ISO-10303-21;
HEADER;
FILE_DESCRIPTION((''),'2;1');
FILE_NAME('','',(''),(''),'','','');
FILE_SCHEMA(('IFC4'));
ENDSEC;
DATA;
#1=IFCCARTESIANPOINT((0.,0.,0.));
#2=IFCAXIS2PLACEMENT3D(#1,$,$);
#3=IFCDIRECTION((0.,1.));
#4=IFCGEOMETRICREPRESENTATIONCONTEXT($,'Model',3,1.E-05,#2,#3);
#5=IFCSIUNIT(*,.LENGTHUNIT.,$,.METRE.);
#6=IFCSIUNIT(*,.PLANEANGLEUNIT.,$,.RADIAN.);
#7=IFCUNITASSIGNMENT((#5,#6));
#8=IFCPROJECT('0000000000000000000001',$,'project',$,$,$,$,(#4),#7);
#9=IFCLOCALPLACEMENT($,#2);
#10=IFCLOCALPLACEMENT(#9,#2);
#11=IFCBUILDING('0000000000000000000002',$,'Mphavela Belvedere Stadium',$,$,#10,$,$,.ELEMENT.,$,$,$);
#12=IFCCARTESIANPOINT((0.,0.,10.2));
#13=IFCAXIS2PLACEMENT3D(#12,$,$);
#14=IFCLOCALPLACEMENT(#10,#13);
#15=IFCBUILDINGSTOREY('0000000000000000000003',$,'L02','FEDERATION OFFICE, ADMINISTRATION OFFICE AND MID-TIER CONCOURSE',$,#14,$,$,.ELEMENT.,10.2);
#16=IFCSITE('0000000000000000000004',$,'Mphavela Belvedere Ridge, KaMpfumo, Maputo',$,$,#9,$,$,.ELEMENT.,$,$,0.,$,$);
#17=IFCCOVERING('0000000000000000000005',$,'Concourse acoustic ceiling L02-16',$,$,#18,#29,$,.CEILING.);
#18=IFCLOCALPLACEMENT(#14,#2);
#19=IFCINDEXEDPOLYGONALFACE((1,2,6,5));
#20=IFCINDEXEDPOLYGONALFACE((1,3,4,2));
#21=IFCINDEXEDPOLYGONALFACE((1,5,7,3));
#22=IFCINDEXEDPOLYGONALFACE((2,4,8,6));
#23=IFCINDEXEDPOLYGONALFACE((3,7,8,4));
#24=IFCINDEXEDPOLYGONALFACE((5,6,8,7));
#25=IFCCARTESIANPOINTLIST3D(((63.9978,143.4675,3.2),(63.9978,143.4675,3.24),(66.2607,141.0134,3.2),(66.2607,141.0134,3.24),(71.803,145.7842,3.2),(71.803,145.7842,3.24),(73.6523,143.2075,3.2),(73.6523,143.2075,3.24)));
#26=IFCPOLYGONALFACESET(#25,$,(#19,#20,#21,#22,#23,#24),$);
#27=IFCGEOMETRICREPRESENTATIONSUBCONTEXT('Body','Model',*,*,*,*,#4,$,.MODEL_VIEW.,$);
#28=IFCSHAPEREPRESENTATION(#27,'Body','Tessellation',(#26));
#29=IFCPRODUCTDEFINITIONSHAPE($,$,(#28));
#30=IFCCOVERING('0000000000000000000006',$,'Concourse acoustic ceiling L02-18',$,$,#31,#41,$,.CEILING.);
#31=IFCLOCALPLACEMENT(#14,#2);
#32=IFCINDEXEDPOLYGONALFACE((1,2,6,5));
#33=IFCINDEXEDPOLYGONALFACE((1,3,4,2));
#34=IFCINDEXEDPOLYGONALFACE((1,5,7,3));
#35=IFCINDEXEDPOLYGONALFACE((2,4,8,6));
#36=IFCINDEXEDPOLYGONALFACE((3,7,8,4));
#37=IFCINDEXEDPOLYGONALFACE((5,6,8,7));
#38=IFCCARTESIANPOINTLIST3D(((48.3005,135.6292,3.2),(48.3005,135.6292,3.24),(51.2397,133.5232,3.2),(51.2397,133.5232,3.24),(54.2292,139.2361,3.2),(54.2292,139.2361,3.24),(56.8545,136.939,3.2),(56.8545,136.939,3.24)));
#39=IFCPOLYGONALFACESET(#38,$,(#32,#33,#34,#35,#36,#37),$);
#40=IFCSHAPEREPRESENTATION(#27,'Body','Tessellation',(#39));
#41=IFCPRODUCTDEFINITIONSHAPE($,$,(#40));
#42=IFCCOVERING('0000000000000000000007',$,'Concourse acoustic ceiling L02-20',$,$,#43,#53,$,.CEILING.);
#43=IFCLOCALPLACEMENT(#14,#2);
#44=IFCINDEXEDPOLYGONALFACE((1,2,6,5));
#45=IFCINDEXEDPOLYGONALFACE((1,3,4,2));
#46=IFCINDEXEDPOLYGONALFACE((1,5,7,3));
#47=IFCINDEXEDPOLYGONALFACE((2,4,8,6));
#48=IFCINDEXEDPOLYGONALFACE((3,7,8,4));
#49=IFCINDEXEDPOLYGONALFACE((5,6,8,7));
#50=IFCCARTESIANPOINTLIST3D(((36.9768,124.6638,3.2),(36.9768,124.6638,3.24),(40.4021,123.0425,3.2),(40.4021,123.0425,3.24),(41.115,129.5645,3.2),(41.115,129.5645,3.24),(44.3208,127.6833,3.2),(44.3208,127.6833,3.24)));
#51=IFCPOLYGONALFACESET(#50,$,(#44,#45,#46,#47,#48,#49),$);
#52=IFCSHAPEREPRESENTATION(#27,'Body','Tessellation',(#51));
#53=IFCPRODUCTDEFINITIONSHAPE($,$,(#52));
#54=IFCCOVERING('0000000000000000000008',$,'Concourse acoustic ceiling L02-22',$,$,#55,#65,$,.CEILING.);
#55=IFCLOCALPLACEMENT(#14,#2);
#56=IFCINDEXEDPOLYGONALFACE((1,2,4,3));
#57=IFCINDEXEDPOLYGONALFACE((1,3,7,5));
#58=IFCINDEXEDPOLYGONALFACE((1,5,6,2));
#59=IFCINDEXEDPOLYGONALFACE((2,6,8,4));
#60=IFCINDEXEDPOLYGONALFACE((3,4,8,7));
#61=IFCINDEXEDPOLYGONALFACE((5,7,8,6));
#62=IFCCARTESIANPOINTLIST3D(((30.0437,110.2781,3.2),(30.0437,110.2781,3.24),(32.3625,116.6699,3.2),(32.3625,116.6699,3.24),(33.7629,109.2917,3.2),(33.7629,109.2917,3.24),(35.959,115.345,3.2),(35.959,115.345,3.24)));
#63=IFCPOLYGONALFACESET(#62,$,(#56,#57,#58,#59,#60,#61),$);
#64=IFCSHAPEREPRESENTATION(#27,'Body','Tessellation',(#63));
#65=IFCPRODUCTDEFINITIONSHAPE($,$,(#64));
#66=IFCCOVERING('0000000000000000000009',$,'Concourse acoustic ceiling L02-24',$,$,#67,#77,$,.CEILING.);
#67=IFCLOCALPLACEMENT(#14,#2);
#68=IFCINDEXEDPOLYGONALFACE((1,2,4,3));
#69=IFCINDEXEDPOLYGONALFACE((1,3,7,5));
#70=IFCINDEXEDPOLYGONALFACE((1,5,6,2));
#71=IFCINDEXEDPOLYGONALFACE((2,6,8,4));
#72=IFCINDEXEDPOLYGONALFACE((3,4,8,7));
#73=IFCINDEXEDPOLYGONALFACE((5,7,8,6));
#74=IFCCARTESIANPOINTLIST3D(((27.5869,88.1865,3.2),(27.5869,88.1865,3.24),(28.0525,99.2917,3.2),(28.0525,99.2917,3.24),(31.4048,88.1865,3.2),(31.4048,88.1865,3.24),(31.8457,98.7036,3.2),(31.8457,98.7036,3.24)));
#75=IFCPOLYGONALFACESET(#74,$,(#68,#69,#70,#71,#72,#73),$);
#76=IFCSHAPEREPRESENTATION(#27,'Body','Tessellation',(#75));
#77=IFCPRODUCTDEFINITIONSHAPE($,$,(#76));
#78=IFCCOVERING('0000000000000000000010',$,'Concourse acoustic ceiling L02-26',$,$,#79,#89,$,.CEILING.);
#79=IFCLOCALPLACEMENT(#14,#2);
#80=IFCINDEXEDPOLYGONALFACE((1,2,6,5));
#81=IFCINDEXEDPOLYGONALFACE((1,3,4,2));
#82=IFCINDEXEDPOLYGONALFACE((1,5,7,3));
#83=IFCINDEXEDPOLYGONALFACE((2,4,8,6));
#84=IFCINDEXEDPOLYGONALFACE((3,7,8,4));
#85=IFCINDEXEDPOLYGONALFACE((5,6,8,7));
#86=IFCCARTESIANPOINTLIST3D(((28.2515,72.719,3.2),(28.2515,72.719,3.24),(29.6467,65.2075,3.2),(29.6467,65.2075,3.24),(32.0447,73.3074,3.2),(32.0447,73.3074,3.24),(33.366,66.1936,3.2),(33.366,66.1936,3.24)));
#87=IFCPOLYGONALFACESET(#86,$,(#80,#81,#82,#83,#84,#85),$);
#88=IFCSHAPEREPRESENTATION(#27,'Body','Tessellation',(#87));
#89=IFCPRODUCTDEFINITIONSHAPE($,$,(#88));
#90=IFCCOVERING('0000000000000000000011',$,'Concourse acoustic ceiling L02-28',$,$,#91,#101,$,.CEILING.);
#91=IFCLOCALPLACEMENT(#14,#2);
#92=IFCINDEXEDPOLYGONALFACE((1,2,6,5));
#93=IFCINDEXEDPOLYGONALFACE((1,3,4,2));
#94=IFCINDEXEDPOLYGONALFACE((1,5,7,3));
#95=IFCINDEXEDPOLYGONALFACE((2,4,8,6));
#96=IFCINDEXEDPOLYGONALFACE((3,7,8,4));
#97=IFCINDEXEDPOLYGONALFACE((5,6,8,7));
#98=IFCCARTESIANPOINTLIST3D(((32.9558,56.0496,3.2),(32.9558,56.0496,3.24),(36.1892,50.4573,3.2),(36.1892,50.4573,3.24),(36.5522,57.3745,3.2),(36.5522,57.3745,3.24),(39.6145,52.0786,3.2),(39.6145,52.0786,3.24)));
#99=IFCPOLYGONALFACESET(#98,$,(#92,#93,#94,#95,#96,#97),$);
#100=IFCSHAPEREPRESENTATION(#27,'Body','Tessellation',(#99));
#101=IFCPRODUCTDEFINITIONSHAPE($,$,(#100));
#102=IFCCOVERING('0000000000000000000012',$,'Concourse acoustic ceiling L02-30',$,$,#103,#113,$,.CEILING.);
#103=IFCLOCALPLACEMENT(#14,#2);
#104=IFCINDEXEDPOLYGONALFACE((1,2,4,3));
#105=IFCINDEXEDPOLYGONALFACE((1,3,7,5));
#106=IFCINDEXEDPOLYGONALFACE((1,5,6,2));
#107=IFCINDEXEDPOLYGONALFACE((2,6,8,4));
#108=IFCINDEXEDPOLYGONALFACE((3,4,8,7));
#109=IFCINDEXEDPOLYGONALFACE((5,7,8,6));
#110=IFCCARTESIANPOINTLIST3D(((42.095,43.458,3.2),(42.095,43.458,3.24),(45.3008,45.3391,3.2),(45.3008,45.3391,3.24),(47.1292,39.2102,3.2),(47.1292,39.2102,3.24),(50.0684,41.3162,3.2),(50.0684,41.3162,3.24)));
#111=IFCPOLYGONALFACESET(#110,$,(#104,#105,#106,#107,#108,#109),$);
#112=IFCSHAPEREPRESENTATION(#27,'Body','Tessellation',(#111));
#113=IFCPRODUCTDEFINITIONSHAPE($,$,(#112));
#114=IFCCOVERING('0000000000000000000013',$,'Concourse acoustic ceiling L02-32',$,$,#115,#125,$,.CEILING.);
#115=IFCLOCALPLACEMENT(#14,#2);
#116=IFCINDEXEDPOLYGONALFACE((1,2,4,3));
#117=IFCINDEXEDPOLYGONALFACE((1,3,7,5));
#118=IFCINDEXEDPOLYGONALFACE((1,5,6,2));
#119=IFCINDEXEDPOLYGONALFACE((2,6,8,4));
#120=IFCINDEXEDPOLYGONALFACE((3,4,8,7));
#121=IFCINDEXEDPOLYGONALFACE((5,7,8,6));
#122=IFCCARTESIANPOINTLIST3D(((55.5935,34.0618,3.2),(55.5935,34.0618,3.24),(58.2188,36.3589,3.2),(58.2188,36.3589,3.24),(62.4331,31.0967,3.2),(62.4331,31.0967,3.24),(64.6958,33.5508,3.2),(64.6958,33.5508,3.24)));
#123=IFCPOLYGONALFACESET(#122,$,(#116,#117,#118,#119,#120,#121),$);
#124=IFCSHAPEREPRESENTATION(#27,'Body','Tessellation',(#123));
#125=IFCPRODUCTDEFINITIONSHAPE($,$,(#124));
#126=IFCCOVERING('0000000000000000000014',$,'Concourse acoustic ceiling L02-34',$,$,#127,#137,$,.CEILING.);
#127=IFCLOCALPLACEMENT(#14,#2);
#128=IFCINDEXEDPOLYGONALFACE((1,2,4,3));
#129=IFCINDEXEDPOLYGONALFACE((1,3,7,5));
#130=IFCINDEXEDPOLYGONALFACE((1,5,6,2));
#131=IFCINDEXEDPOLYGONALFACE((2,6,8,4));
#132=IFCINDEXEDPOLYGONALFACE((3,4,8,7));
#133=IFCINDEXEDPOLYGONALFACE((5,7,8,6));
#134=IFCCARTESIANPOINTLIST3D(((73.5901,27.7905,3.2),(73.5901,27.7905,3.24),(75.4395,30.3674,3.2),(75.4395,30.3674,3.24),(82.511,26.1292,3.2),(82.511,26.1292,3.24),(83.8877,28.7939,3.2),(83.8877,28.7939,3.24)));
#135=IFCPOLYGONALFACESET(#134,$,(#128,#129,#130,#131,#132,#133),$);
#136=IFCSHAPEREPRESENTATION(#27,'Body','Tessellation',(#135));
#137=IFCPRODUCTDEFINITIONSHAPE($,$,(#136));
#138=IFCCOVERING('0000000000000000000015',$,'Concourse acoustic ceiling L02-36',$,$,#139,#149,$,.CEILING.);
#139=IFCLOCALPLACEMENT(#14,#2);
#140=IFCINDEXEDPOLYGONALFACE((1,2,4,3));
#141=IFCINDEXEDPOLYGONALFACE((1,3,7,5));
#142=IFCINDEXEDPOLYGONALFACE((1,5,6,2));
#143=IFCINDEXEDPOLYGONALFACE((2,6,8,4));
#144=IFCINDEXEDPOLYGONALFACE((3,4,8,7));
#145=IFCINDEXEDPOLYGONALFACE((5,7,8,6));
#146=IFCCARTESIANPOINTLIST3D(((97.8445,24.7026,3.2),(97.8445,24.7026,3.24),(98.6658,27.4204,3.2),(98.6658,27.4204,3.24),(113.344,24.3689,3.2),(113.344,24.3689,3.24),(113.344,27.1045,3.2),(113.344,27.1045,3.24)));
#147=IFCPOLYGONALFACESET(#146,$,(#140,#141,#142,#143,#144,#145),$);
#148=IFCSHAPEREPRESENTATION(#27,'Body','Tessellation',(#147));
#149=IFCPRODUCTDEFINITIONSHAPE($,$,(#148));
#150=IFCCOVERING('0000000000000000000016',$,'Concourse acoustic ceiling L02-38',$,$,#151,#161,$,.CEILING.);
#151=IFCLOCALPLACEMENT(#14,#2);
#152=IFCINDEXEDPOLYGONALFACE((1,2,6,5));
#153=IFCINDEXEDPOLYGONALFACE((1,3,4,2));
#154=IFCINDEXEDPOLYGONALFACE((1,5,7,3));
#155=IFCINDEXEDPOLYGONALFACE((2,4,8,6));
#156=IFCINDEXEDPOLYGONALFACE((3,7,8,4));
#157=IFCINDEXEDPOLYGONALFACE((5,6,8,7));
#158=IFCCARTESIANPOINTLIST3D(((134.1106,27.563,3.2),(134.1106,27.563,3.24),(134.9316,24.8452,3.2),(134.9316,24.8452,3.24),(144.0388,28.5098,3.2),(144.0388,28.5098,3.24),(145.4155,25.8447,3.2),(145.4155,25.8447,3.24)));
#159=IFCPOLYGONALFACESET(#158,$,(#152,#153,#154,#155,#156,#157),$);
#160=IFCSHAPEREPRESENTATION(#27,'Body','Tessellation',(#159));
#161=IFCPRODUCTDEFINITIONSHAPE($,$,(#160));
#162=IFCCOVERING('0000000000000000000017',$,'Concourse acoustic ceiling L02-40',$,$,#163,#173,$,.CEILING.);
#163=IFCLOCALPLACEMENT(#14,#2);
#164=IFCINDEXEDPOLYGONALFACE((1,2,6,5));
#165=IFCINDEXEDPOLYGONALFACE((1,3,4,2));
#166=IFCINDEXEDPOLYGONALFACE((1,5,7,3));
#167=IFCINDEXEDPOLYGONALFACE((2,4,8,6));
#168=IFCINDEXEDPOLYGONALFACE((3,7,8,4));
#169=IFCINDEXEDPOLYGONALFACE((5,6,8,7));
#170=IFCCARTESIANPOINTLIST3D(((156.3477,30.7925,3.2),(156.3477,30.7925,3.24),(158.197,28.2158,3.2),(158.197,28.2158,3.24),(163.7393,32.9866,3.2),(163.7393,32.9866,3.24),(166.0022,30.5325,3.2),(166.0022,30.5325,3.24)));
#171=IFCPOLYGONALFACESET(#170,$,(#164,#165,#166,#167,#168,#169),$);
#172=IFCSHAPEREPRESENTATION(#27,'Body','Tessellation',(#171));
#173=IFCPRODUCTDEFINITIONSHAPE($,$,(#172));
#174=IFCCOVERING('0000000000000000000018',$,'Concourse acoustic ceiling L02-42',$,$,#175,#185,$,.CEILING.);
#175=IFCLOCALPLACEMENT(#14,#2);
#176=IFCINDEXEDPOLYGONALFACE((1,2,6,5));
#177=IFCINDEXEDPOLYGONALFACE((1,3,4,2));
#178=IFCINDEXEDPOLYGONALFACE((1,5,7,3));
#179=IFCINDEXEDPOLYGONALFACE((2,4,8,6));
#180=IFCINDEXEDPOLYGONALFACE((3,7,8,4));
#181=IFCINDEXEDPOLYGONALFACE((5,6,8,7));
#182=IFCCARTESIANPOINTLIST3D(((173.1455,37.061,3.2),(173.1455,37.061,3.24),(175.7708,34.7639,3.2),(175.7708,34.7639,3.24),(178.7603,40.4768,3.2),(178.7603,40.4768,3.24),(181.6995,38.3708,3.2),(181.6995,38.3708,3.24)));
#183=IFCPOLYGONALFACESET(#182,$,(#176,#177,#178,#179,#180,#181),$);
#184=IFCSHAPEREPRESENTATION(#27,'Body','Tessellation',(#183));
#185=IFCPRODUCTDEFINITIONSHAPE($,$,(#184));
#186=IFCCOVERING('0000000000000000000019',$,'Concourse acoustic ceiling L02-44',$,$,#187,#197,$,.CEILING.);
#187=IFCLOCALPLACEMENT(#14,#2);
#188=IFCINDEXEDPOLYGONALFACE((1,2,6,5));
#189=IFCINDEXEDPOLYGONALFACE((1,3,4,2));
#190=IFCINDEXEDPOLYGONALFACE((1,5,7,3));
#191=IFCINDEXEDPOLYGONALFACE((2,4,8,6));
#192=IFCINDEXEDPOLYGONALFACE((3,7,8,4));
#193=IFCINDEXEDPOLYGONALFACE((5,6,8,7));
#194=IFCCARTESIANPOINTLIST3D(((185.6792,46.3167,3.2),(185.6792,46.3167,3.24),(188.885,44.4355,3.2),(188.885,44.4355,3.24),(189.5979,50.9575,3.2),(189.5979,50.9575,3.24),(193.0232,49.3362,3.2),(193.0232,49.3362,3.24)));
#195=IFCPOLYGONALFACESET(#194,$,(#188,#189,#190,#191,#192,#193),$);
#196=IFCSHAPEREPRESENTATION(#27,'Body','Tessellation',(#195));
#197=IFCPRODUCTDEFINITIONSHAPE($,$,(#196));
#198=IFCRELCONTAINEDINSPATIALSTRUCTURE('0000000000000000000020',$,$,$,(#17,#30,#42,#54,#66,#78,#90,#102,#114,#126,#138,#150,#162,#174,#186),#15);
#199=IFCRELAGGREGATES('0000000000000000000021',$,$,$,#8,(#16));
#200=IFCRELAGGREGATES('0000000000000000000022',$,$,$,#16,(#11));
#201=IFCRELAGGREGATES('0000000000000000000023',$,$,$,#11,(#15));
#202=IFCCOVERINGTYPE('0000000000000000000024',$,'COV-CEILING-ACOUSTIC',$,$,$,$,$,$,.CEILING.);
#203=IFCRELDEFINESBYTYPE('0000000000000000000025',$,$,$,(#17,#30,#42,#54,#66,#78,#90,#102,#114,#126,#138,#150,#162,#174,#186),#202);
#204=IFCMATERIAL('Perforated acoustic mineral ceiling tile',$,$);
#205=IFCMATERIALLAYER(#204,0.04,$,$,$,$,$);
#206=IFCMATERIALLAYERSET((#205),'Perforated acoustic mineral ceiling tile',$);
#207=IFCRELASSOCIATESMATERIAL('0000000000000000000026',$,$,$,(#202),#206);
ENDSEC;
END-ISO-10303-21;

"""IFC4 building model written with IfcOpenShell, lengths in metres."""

from ifc_helpers import new_model, si_unit, direction, frame, origin, place, context, subcontext, project, spatial, polyline, outline, extrude, material, layer, layer_set, type_object, element, save


model = new_model("IFC4")

# Units and contexts
model_context = context("Model", 3, precision=1e-05, world=origin(), true_north=direction((0.0, 1.0)))
body_context = subcontext(model_context, "Body", "Model", "MODEL_VIEW")
ifc_project = project(units=[si_unit("LENGTHUNIT", "METRE"), si_unit("PLANEANGLEUNIT", "RADIAN")], contexts=[model_context])

# Site, building, storey
site_placement = place(None, origin())
site = spatial("IfcSite", under=ifc_project, at=site_placement, Name="Mphavela Belvedere Ridge, KaMpfumo, Maputo", CompositionType="ELEMENT", RefElevation=0.0)
building_placement = place(site_placement, origin())
building = spatial("IfcBuilding", under=site, at=building_placement, Name="Mphavela Belvedere Stadium", CompositionType="ELEMENT")
storey_placement = place(building_placement, frame((0.0, 0.0, 10.2)))
storey = spatial("IfcBuildingStorey", under=building, at=storey_placement, Name="L02", Description="FEDERATION OFFICE, ADMINISTRATION OFFICE AND MID-TIER CONCOURSE", CompositionType="ELEMENT", Elevation=10.2)

# Coverings
ifc_material_1 = material(Name="Perforated acoustic mineral ceiling tile")
ifc_layer_1 = layer(ifc_material_1, 0.04)
ifc_layer_set_1 = layer_set([ifc_layer_1], Name="Perforated acoustic mineral ceiling tile")
covering_type = type_object("IfcCoveringType", Name="COV-CEILING-ACOUSTIC", PredefinedType="CEILING", material=ifc_layer_set_1)
covering_1_placement = place(storey_placement, frame((0.0, 0.0, 3.2)))
element("IfcCovering", 1, at=covering_1_placement, inside=storey, type_object=covering_type, Name="Concourse acoustic ceiling L02-16", PredefinedType="CEILING", context=body_context, shape_type="SweptSolid", body=[
    extrude(outline(polyline([(73.6523, 143.2075), (66.2607, 141.0134), (63.9978, 143.4675), (71.803, 145.7842), (73.6523, 143.2075)])), origin(), (0.0, 0.0, 1.0), 0.04),
])
covering_2_placement = place(storey_placement, frame((0.0, 0.0, 3.2)))
element("IfcCovering", 2, at=covering_2_placement, inside=storey, type_object=covering_type, Name="Concourse acoustic ceiling L02-18", PredefinedType="CEILING", context=body_context, shape_type="SweptSolid", body=[
    extrude(outline(polyline([(56.8545, 136.939), (51.2397, 133.5232), (48.3005, 135.6292), (54.2292, 139.2361), (56.8545, 136.939)])), origin(), (0.0, 0.0, 1.0), 0.04),
])
covering_3_placement = place(storey_placement, frame((0.0, 0.0, 3.2)))
element("IfcCovering", 3, at=covering_3_placement, inside=storey, type_object=covering_type, Name="Concourse acoustic ceiling L02-20", PredefinedType="CEILING", context=body_context, shape_type="SweptSolid", body=[
    extrude(outline(polyline([(44.3208, 127.6833), (40.4021, 123.0425), (36.9768, 124.6638), (41.115, 129.5645), (44.3208, 127.6833)])), origin(), (0.0, 0.0, 1.0), 0.04),
])
covering_4_placement = place(storey_placement, frame((0.0, 0.0, 3.2)))
element("IfcCovering", 4, at=covering_4_placement, inside=storey, type_object=covering_type, Name="Concourse acoustic ceiling L02-22", PredefinedType="CEILING", context=body_context, shape_type="SweptSolid", body=[
    extrude(outline(polyline([(35.959, 115.345), (33.7629, 109.2917), (30.0437, 110.2781), (32.3625, 116.6699), (35.959, 115.345)])), origin(), (0.0, 0.0, 1.0), 0.04),
])
covering_5_placement = place(storey_placement, frame((0.0, 0.0, 3.2)))
element("IfcCovering", 5, at=covering_5_placement, inside=storey, type_object=covering_type, Name="Concourse acoustic ceiling L02-24", PredefinedType="CEILING", context=body_context, shape_type="SweptSolid", body=[
    extrude(outline(polyline([(31.8457, 98.7036), (31.4048, 88.1865), (27.5869, 88.1865), (28.0525, 99.2917), (31.8457, 98.7036)])), origin(), (0.0, 0.0, 1.0), 0.04),
])
covering_6_placement = place(storey_placement, frame((0.0, 0.0, 3.2)))
element("IfcCovering", 6, at=covering_6_placement, inside=storey, type_object=covering_type, Name="Concourse acoustic ceiling L02-26", PredefinedType="CEILING", context=body_context, shape_type="SweptSolid", body=[
    extrude(outline(polyline([(32.0447, 73.3074), (33.366, 66.1936), (29.6467, 65.2075), (28.2515, 72.719), (32.0447, 73.3074)])), origin(), (0.0, 0.0, 1.0), 0.04),
])
covering_7_placement = place(storey_placement, frame((0.0, 0.0, 3.2)))
element("IfcCovering", 7, at=covering_7_placement, inside=storey, type_object=covering_type, Name="Concourse acoustic ceiling L02-28", PredefinedType="CEILING", context=body_context, shape_type="SweptSolid", body=[
    extrude(outline(polyline([(36.5522, 57.3745), (39.6145, 52.0786), (36.1892, 50.4573), (32.9558, 56.0496), (36.5522, 57.3745)])), origin(), (0.0, 0.0, 1.0), 0.04),
])
covering_8_placement = place(storey_placement, frame((0.0, 0.0, 3.2)))
element("IfcCovering", 8, at=covering_8_placement, inside=storey, type_object=covering_type, Name="Concourse acoustic ceiling L02-30", PredefinedType="CEILING", context=body_context, shape_type="SweptSolid", body=[
    extrude(outline(polyline([(45.3008, 45.3391), (50.0684, 41.3162), (47.1292, 39.2102), (42.095, 43.458), (45.3008, 45.3391)])), origin(), (0.0, 0.0, 1.0), 0.04),
])
covering_9_placement = place(storey_placement, frame((0.0, 0.0, 3.2)))
element("IfcCovering", 9, at=covering_9_placement, inside=storey, type_object=covering_type, Name="Concourse acoustic ceiling L02-32", PredefinedType="CEILING", context=body_context, shape_type="SweptSolid", body=[
    extrude(outline(polyline([(58.2188, 36.3589), (64.6958, 33.5508), (62.4331, 31.0967), (55.5935, 34.0618), (58.2188, 36.3589)])), origin(), (0.0, 0.0, 1.0), 0.04),
])
covering_10_placement = place(storey_placement, frame((0.0, 0.0, 3.2)))
element("IfcCovering", 10, at=covering_10_placement, inside=storey, type_object=covering_type, Name="Concourse acoustic ceiling L02-34", PredefinedType="CEILING", context=body_context, shape_type="SweptSolid", body=[
    extrude(outline(polyline([(75.4395, 30.3674), (83.8877, 28.7939), (82.511, 26.1292), (73.5901, 27.7905), (75.4395, 30.3674)])), origin(), (0.0, 0.0, 1.0), 0.04),
])
covering_11_placement = place(storey_placement, frame((0.0, 0.0, 3.2)))
element("IfcCovering", 11, at=covering_11_placement, inside=storey, type_object=covering_type, Name="Concourse acoustic ceiling L02-36", PredefinedType="CEILING", context=body_context, shape_type="SweptSolid", body=[
    extrude(outline(polyline([(98.6658, 27.4204), (113.344, 27.1045), (113.344, 24.3689), (97.8445, 24.7026), (98.6658, 27.4204)])), origin(), (0.0, 0.0, 1.0), 0.04),
])
covering_12_placement = place(storey_placement, frame((0.0, 0.0, 3.2)))
element("IfcCovering", 12, at=covering_12_placement, inside=storey, type_object=covering_type, Name="Concourse acoustic ceiling L02-38", PredefinedType="CEILING", context=body_context, shape_type="SweptSolid", body=[
    extrude(outline(polyline([(134.1106, 27.563), (144.0388, 28.5098), (145.4155, 25.8447), (134.9316, 24.8452), (134.1106, 27.563)])), origin(), (0.0, 0.0, 1.0), 0.04),
])
covering_13_placement = place(storey_placement, frame((0.0, 0.0, 3.2)))
element("IfcCovering", 13, at=covering_13_placement, inside=storey, type_object=covering_type, Name="Concourse acoustic ceiling L02-40", PredefinedType="CEILING", context=body_context, shape_type="SweptSolid", body=[
    extrude(outline(polyline([(156.3477, 30.7925), (163.7393, 32.9866), (166.0022, 30.5325), (158.197, 28.2158), (156.3477, 30.7925)])), origin(), (0.0, 0.0, 1.0), 0.04),
])
covering_14_placement = place(storey_placement, frame((0.0, 0.0, 3.2)))
element("IfcCovering", 14, at=covering_14_placement, inside=storey, type_object=covering_type, Name="Concourse acoustic ceiling L02-42", PredefinedType="CEILING", context=body_context, shape_type="SweptSolid", body=[
    extrude(outline(polyline([(173.1455, 37.061), (178.7603, 40.4768), (181.6995, 38.3708), (175.7708, 34.7639), (173.1455, 37.061)])), origin(), (0.0, 0.0, 1.0), 0.04),
])
covering_15_placement = place(storey_placement, frame((0.0, 0.0, 3.2)))
element("IfcCovering", 15, at=covering_15_placement, inside=storey, type_object=covering_type, Name="Concourse acoustic ceiling L02-44", PredefinedType="CEILING", context=body_context, shape_type="SweptSolid", body=[
    extrude(outline(polyline([(185.6792, 46.3167), (189.5979, 50.9575), (193.0232, 49.3362), (188.885, 44.4355), (185.6792, 46.3167)])), origin(), (0.0, 0.0, 1.0), 0.04),
])

save(model, "model.ifc")
